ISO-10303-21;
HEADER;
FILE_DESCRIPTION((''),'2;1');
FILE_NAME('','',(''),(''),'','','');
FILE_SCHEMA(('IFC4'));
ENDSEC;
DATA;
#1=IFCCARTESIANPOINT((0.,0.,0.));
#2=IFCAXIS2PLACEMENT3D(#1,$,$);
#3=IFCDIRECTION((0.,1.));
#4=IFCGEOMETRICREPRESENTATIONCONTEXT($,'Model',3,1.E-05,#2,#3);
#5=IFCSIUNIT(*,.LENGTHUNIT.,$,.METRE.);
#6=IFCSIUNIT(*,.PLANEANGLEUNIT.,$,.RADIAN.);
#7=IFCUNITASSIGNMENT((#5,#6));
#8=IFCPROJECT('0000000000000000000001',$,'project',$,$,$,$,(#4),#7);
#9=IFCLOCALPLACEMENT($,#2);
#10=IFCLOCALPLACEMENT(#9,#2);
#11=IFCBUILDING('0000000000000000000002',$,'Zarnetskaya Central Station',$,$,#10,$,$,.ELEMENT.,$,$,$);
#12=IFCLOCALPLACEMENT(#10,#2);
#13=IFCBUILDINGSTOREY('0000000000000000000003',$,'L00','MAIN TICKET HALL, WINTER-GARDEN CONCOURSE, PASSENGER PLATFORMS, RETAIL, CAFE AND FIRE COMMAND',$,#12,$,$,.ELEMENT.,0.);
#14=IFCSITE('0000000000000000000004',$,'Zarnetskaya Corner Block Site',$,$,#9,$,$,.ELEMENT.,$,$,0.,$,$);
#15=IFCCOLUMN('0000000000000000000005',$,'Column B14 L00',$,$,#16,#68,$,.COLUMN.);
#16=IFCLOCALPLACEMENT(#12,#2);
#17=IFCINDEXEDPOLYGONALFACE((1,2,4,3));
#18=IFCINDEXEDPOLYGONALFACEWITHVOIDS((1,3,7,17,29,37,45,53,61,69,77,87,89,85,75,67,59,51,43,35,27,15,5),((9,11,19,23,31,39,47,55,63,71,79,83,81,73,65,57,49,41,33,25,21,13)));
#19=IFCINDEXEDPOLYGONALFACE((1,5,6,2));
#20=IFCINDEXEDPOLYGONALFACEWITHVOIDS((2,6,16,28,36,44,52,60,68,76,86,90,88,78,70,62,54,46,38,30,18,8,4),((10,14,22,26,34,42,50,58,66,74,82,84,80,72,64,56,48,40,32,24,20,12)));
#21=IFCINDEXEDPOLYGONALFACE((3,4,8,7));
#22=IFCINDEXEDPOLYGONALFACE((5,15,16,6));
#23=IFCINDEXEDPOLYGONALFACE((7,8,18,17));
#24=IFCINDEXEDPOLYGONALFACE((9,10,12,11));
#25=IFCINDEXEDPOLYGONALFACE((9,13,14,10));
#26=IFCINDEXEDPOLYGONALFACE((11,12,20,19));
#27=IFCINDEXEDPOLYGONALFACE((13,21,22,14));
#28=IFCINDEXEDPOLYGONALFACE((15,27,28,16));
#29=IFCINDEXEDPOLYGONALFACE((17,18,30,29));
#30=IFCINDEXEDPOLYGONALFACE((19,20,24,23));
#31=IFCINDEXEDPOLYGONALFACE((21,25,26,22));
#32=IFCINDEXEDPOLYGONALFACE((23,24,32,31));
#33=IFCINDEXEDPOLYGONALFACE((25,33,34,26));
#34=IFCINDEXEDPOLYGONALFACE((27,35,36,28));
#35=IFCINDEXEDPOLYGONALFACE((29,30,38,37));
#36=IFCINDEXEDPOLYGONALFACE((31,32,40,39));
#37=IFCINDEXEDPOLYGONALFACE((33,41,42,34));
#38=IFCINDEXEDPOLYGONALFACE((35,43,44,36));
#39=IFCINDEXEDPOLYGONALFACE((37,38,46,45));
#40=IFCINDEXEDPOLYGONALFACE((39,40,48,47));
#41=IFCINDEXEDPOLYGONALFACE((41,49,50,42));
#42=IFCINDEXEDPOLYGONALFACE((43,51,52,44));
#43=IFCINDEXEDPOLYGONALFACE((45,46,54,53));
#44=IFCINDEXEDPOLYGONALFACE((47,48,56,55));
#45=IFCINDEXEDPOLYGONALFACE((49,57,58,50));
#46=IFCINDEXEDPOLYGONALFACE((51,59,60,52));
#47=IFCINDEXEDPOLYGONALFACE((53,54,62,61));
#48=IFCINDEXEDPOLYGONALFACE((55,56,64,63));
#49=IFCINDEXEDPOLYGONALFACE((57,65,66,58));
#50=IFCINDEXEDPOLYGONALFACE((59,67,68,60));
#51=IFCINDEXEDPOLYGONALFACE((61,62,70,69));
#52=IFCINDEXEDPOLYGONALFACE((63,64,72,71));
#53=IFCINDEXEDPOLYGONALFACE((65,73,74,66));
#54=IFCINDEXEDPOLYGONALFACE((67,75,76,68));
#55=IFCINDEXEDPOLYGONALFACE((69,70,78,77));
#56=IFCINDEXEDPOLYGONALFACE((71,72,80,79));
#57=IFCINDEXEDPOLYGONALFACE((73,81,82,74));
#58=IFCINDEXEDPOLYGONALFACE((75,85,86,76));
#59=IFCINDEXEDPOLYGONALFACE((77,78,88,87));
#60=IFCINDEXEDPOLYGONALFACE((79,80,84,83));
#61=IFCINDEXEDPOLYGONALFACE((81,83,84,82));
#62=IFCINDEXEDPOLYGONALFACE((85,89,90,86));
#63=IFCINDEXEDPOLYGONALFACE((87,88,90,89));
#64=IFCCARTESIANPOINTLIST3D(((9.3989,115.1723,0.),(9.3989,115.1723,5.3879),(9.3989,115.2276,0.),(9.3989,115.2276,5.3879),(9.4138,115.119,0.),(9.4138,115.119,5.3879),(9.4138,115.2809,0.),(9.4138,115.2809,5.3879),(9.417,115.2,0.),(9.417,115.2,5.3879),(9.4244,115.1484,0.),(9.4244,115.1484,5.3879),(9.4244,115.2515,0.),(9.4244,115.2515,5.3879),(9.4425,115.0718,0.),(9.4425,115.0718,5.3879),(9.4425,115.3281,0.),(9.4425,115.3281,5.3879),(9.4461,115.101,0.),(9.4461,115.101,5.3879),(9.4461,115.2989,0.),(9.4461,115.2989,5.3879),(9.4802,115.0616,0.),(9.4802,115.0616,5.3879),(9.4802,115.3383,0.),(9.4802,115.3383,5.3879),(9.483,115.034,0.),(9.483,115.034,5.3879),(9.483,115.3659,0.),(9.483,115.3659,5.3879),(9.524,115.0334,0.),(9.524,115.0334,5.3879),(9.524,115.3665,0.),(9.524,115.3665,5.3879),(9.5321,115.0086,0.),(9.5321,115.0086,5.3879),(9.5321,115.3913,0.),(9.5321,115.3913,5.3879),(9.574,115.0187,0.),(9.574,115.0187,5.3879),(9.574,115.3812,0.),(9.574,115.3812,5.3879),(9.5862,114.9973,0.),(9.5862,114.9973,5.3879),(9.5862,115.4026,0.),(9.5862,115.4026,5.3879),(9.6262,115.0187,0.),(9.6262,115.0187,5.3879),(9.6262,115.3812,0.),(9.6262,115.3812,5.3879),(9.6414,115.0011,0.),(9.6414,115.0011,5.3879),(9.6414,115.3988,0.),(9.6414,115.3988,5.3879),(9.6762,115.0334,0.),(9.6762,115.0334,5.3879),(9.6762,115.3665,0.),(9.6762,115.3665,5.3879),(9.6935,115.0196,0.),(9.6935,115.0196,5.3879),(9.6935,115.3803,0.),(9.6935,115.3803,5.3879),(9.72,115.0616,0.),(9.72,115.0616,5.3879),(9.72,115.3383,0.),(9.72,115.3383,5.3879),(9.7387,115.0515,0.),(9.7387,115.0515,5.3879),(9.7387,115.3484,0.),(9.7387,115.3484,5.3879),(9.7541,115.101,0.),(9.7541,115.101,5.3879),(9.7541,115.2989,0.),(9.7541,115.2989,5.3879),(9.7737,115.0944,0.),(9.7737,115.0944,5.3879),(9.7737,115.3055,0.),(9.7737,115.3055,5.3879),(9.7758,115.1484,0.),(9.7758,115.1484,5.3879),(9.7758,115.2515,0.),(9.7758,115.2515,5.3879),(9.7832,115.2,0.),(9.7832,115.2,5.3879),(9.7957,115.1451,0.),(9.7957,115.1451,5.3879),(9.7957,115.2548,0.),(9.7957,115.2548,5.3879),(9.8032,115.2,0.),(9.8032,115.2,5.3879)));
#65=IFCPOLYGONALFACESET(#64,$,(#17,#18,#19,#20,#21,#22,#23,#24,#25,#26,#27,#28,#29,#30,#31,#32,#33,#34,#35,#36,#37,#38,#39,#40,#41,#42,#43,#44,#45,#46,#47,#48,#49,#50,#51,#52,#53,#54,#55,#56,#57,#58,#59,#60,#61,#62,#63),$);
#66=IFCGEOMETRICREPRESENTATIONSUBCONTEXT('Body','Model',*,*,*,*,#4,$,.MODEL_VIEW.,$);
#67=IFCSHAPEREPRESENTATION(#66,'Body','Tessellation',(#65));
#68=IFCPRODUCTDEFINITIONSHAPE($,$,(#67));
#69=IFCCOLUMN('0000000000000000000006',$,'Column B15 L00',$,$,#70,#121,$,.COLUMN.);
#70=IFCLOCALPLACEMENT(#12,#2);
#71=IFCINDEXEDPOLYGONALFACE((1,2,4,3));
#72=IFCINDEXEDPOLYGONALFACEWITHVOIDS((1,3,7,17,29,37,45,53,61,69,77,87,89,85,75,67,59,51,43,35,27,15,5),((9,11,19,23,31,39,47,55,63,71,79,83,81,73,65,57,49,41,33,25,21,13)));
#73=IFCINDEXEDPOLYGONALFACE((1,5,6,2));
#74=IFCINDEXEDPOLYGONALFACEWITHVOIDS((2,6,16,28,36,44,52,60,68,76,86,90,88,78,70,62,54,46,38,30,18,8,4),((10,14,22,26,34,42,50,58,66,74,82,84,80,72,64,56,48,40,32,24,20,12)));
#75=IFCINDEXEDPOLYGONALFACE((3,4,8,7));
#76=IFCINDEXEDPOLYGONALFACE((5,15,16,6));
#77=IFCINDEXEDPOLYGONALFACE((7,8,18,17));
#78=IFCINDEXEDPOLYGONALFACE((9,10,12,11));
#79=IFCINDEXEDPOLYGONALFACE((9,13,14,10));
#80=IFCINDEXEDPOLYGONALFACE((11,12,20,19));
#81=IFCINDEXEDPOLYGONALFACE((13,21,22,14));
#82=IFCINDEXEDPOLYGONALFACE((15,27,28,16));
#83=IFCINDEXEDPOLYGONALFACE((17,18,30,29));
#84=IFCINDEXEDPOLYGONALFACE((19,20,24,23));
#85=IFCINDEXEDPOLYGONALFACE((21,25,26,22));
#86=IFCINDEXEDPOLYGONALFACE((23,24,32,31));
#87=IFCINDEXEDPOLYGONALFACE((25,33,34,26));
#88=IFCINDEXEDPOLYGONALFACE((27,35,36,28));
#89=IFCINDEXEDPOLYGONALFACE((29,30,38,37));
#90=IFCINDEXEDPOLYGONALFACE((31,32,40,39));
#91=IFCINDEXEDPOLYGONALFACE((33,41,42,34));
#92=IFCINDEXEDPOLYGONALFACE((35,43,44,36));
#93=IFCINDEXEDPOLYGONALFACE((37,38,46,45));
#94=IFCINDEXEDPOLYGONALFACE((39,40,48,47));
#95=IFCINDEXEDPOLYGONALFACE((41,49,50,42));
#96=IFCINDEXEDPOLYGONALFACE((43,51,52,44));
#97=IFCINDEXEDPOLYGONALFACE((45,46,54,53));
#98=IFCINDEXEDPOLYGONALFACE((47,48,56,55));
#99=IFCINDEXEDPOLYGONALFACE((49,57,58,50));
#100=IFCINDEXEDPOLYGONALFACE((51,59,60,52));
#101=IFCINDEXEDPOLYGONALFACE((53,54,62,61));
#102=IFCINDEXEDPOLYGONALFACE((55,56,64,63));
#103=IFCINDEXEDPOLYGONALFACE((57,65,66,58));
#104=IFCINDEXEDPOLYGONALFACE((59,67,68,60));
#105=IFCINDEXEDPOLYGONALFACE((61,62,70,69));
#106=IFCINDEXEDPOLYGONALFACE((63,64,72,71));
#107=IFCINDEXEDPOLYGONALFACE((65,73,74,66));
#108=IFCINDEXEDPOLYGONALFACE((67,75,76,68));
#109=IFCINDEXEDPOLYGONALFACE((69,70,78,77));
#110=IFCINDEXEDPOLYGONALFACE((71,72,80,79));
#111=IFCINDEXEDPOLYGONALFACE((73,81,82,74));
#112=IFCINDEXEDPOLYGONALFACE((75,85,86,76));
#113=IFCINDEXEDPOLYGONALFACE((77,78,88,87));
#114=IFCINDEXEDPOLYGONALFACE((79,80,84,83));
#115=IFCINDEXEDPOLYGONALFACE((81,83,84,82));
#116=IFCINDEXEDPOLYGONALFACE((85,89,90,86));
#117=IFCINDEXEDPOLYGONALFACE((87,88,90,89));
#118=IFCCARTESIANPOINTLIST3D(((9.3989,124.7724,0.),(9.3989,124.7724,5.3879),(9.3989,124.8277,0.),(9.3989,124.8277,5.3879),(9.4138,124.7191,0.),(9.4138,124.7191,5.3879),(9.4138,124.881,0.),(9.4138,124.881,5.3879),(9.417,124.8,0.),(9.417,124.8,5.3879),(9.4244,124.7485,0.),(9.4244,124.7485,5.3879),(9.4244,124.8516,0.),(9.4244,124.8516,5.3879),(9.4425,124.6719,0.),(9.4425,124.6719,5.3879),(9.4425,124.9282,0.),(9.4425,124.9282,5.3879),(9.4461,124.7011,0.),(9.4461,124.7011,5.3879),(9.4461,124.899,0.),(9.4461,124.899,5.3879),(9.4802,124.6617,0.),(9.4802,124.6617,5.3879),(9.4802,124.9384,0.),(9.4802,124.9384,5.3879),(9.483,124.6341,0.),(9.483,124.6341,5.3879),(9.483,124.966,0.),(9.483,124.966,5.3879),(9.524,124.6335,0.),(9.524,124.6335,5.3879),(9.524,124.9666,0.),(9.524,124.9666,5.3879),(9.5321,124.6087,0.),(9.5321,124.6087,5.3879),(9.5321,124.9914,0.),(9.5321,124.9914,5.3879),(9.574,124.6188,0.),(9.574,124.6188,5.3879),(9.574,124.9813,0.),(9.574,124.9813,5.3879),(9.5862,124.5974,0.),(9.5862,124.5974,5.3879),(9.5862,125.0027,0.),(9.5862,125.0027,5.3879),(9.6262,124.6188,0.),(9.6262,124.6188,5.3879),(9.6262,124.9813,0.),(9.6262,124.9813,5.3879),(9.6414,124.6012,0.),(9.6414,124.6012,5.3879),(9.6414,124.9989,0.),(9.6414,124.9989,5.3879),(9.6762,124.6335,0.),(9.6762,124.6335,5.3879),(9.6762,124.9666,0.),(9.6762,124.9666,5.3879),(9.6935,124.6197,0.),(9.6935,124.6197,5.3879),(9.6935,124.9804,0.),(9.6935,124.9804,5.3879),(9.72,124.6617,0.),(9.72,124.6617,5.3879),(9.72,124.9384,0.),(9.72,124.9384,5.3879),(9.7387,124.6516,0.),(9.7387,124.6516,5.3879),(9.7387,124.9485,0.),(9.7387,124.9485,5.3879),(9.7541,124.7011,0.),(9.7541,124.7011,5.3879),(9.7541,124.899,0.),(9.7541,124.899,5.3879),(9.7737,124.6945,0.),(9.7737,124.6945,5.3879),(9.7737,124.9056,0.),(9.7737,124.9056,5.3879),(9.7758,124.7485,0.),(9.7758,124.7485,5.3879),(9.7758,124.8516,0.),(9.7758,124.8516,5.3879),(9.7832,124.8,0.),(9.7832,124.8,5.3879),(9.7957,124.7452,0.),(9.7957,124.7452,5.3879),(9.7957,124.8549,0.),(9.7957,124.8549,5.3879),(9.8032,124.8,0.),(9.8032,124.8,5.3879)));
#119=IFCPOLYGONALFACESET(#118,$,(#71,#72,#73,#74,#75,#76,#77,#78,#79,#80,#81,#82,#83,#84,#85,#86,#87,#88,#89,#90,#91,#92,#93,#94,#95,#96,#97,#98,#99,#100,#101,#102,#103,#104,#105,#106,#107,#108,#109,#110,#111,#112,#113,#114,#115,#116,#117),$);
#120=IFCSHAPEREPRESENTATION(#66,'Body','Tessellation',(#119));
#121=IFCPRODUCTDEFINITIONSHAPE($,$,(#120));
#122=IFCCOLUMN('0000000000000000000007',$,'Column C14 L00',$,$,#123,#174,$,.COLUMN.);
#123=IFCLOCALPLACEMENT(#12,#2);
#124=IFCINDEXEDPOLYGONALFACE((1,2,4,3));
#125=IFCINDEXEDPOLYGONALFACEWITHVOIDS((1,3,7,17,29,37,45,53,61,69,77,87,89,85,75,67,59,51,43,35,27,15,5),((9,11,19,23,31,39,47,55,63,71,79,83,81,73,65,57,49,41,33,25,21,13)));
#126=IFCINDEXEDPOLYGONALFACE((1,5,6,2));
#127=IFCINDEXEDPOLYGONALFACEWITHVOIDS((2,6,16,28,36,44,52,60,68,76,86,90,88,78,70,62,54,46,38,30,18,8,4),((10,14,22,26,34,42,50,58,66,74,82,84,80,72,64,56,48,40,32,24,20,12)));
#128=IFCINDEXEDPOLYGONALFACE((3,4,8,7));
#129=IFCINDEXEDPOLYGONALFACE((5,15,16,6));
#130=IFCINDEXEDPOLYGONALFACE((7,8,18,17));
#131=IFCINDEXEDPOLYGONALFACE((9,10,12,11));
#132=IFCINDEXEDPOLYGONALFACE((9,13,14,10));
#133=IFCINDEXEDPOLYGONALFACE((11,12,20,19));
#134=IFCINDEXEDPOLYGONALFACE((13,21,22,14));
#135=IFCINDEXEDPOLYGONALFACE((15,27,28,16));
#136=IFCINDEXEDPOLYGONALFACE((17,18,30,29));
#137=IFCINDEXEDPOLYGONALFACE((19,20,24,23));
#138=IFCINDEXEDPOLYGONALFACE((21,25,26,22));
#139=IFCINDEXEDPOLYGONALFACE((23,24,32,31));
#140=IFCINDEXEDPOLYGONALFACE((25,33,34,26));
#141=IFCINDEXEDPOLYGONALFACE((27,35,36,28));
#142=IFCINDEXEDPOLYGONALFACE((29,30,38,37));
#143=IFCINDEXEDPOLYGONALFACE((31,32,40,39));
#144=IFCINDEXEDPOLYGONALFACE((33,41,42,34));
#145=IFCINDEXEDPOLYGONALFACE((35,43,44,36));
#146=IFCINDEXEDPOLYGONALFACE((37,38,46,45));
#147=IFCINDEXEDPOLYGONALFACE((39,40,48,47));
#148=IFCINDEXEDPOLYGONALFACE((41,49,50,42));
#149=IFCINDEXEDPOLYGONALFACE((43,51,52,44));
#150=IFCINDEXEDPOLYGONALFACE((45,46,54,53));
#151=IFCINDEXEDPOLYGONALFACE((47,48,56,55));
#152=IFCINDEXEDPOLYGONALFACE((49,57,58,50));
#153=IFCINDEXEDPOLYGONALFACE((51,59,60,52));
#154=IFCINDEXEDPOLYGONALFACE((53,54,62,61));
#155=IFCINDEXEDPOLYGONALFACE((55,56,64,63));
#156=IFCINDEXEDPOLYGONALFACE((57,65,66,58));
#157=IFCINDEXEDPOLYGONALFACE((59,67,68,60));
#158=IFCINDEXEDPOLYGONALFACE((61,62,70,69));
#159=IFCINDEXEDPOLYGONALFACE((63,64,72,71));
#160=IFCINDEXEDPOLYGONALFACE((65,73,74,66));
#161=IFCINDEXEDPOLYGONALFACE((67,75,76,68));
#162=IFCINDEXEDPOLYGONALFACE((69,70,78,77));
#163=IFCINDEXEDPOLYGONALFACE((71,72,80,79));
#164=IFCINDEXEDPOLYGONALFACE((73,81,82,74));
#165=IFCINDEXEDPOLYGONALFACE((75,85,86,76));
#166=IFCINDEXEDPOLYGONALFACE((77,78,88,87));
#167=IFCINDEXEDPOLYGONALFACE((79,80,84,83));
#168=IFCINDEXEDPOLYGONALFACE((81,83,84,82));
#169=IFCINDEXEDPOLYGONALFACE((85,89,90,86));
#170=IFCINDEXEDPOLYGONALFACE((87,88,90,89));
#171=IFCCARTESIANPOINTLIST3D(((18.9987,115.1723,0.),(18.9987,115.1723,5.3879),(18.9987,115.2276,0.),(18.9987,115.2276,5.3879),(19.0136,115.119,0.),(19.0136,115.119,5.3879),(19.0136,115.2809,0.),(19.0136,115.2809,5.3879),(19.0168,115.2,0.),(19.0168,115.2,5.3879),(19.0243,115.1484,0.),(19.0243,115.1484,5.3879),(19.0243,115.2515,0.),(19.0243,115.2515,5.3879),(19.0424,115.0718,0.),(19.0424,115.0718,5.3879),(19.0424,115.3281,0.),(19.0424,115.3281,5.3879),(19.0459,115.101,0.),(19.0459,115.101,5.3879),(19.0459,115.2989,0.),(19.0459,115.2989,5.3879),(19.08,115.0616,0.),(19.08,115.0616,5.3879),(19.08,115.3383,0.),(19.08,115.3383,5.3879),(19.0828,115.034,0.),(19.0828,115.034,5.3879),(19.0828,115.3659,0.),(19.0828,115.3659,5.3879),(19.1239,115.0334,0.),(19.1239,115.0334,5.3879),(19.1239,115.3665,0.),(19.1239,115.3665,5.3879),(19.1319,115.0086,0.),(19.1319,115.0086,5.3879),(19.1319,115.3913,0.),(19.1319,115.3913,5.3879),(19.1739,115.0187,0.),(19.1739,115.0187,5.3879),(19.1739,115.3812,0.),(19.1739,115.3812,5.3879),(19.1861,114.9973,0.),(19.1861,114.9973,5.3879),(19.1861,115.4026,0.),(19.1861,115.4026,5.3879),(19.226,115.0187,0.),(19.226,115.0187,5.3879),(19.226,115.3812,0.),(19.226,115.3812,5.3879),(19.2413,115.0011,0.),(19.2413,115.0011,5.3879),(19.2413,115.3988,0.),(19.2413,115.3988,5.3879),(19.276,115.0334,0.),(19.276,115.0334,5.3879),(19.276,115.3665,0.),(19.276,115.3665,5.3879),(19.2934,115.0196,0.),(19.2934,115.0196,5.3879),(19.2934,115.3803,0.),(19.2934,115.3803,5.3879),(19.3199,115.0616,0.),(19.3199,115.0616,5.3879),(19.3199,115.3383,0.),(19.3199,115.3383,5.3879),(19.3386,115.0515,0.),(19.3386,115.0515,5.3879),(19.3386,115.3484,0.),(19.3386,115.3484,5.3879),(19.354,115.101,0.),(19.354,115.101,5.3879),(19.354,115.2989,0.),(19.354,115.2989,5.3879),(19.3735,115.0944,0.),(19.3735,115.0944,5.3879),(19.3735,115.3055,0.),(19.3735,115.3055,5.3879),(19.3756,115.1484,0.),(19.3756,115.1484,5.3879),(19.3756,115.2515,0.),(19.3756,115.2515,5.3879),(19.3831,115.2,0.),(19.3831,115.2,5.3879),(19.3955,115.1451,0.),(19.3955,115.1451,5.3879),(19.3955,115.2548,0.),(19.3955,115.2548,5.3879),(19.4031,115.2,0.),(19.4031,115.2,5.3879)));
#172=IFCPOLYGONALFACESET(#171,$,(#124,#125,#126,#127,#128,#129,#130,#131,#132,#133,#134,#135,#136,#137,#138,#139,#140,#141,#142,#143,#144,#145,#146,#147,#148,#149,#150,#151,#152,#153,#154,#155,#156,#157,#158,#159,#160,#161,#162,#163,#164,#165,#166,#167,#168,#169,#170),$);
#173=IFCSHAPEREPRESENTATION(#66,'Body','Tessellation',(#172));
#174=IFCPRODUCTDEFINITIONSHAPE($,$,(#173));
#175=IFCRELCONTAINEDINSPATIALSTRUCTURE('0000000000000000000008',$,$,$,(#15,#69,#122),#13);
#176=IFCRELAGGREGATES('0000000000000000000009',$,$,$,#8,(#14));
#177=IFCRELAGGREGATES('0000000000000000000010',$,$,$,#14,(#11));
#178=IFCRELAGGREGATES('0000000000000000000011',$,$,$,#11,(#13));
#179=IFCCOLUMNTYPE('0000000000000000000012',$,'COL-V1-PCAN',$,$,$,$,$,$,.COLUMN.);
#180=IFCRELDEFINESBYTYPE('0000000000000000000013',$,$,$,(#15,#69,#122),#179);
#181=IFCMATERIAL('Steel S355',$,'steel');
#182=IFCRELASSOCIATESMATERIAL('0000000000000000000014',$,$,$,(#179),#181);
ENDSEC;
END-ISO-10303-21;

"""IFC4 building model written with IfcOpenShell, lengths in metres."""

from ifc_helpers import new_model, si_unit, direction, frame, origin, origin_2d, place, context, subcontext, project, spatial, hollow_circle, extrude, material, material_profile, profile_set, type_object, element, save


model = new_model("IFC4")

# Units and contexts
model_context = context("Model", 3, precision=1e-05, world=origin(), true_north=direction((0.0, 1.0)))
body_context = subcontext(model_context, "Body", "Model", "MODEL_VIEW")
ifc_project = project(units=[si_unit("LENGTHUNIT", "METRE"), si_unit("PLANEANGLEUNIT", "RADIAN")], contexts=[model_context])

# Site, building, storey
site_placement = place(None, origin())
site = spatial("IfcSite", under=ifc_project, at=site_placement, Name="Zarnetskaya Corner Block Site", CompositionType="ELEMENT", RefElevation=0.0)
building_placement = place(site_placement, origin())
building = spatial("IfcBuilding", under=site, at=building_placement, Name="Zarnetskaya Central Station", CompositionType="ELEMENT")
storey_placement = place(building_placement, origin())
storey = spatial("IfcBuildingStorey", under=building, at=storey_placement, Name="L00", Description="MAIN TICKET HALL, WINTER-GARDEN CONCOURSE, PASSENGER PLATFORMS, RETAIL, CAFE AND FIRE COMMAND", CompositionType="ELEMENT", Elevation=0.0)

# Columns
ifc_material = material(Name="Steel S355", Category="steel")
ifc_material_profile_1 = material_profile(ifc_material, hollow_circle(Radius=0.2031, WallThickness=0.02, at=origin_2d()), Name="CHS 406.4x20")
ifc_profile_set_1 = profile_set([ifc_material_profile_1], Name="Steel S355")
column_type = type_object("IfcColumnType", Name="COL-V1-PCAN", PredefinedType="COLUMN", material=ifc_profile_set_1)
for number, where, z_axis, x_axis, name in (
    (1, (9.6001, 115.2, 0.0), (0.0, 0.0, 1.0), (1.0, 0.0, 0.0), "Column B14 L00"),
    (2, (9.6001, 124.8, 0.0), (0.0, 0.0, 1.0), (1.0, 0.0, 0.0), "Column B15 L00"),
    (3, (19.2, 115.2, 0.0), (0.0, 0.0, 1.0), (1.0, 0.0, 0.0), "Column C14 L00"),
):
    element("IfcColumn", number, at=place(storey_placement, frame(where, z_axis=z_axis, x_axis=x_axis)), inside=storey, type_object=column_type, Name=name, PredefinedType="COLUMN", context=body_context, shape_type="SweptSolid", body=[
        extrude(hollow_circle(Radius=0.2031, WallThickness=0.02, at=origin_2d()), origin(), (0.0, 0.0, 1.0), 5.3879),
    ])

save(model, "model.ifc")
